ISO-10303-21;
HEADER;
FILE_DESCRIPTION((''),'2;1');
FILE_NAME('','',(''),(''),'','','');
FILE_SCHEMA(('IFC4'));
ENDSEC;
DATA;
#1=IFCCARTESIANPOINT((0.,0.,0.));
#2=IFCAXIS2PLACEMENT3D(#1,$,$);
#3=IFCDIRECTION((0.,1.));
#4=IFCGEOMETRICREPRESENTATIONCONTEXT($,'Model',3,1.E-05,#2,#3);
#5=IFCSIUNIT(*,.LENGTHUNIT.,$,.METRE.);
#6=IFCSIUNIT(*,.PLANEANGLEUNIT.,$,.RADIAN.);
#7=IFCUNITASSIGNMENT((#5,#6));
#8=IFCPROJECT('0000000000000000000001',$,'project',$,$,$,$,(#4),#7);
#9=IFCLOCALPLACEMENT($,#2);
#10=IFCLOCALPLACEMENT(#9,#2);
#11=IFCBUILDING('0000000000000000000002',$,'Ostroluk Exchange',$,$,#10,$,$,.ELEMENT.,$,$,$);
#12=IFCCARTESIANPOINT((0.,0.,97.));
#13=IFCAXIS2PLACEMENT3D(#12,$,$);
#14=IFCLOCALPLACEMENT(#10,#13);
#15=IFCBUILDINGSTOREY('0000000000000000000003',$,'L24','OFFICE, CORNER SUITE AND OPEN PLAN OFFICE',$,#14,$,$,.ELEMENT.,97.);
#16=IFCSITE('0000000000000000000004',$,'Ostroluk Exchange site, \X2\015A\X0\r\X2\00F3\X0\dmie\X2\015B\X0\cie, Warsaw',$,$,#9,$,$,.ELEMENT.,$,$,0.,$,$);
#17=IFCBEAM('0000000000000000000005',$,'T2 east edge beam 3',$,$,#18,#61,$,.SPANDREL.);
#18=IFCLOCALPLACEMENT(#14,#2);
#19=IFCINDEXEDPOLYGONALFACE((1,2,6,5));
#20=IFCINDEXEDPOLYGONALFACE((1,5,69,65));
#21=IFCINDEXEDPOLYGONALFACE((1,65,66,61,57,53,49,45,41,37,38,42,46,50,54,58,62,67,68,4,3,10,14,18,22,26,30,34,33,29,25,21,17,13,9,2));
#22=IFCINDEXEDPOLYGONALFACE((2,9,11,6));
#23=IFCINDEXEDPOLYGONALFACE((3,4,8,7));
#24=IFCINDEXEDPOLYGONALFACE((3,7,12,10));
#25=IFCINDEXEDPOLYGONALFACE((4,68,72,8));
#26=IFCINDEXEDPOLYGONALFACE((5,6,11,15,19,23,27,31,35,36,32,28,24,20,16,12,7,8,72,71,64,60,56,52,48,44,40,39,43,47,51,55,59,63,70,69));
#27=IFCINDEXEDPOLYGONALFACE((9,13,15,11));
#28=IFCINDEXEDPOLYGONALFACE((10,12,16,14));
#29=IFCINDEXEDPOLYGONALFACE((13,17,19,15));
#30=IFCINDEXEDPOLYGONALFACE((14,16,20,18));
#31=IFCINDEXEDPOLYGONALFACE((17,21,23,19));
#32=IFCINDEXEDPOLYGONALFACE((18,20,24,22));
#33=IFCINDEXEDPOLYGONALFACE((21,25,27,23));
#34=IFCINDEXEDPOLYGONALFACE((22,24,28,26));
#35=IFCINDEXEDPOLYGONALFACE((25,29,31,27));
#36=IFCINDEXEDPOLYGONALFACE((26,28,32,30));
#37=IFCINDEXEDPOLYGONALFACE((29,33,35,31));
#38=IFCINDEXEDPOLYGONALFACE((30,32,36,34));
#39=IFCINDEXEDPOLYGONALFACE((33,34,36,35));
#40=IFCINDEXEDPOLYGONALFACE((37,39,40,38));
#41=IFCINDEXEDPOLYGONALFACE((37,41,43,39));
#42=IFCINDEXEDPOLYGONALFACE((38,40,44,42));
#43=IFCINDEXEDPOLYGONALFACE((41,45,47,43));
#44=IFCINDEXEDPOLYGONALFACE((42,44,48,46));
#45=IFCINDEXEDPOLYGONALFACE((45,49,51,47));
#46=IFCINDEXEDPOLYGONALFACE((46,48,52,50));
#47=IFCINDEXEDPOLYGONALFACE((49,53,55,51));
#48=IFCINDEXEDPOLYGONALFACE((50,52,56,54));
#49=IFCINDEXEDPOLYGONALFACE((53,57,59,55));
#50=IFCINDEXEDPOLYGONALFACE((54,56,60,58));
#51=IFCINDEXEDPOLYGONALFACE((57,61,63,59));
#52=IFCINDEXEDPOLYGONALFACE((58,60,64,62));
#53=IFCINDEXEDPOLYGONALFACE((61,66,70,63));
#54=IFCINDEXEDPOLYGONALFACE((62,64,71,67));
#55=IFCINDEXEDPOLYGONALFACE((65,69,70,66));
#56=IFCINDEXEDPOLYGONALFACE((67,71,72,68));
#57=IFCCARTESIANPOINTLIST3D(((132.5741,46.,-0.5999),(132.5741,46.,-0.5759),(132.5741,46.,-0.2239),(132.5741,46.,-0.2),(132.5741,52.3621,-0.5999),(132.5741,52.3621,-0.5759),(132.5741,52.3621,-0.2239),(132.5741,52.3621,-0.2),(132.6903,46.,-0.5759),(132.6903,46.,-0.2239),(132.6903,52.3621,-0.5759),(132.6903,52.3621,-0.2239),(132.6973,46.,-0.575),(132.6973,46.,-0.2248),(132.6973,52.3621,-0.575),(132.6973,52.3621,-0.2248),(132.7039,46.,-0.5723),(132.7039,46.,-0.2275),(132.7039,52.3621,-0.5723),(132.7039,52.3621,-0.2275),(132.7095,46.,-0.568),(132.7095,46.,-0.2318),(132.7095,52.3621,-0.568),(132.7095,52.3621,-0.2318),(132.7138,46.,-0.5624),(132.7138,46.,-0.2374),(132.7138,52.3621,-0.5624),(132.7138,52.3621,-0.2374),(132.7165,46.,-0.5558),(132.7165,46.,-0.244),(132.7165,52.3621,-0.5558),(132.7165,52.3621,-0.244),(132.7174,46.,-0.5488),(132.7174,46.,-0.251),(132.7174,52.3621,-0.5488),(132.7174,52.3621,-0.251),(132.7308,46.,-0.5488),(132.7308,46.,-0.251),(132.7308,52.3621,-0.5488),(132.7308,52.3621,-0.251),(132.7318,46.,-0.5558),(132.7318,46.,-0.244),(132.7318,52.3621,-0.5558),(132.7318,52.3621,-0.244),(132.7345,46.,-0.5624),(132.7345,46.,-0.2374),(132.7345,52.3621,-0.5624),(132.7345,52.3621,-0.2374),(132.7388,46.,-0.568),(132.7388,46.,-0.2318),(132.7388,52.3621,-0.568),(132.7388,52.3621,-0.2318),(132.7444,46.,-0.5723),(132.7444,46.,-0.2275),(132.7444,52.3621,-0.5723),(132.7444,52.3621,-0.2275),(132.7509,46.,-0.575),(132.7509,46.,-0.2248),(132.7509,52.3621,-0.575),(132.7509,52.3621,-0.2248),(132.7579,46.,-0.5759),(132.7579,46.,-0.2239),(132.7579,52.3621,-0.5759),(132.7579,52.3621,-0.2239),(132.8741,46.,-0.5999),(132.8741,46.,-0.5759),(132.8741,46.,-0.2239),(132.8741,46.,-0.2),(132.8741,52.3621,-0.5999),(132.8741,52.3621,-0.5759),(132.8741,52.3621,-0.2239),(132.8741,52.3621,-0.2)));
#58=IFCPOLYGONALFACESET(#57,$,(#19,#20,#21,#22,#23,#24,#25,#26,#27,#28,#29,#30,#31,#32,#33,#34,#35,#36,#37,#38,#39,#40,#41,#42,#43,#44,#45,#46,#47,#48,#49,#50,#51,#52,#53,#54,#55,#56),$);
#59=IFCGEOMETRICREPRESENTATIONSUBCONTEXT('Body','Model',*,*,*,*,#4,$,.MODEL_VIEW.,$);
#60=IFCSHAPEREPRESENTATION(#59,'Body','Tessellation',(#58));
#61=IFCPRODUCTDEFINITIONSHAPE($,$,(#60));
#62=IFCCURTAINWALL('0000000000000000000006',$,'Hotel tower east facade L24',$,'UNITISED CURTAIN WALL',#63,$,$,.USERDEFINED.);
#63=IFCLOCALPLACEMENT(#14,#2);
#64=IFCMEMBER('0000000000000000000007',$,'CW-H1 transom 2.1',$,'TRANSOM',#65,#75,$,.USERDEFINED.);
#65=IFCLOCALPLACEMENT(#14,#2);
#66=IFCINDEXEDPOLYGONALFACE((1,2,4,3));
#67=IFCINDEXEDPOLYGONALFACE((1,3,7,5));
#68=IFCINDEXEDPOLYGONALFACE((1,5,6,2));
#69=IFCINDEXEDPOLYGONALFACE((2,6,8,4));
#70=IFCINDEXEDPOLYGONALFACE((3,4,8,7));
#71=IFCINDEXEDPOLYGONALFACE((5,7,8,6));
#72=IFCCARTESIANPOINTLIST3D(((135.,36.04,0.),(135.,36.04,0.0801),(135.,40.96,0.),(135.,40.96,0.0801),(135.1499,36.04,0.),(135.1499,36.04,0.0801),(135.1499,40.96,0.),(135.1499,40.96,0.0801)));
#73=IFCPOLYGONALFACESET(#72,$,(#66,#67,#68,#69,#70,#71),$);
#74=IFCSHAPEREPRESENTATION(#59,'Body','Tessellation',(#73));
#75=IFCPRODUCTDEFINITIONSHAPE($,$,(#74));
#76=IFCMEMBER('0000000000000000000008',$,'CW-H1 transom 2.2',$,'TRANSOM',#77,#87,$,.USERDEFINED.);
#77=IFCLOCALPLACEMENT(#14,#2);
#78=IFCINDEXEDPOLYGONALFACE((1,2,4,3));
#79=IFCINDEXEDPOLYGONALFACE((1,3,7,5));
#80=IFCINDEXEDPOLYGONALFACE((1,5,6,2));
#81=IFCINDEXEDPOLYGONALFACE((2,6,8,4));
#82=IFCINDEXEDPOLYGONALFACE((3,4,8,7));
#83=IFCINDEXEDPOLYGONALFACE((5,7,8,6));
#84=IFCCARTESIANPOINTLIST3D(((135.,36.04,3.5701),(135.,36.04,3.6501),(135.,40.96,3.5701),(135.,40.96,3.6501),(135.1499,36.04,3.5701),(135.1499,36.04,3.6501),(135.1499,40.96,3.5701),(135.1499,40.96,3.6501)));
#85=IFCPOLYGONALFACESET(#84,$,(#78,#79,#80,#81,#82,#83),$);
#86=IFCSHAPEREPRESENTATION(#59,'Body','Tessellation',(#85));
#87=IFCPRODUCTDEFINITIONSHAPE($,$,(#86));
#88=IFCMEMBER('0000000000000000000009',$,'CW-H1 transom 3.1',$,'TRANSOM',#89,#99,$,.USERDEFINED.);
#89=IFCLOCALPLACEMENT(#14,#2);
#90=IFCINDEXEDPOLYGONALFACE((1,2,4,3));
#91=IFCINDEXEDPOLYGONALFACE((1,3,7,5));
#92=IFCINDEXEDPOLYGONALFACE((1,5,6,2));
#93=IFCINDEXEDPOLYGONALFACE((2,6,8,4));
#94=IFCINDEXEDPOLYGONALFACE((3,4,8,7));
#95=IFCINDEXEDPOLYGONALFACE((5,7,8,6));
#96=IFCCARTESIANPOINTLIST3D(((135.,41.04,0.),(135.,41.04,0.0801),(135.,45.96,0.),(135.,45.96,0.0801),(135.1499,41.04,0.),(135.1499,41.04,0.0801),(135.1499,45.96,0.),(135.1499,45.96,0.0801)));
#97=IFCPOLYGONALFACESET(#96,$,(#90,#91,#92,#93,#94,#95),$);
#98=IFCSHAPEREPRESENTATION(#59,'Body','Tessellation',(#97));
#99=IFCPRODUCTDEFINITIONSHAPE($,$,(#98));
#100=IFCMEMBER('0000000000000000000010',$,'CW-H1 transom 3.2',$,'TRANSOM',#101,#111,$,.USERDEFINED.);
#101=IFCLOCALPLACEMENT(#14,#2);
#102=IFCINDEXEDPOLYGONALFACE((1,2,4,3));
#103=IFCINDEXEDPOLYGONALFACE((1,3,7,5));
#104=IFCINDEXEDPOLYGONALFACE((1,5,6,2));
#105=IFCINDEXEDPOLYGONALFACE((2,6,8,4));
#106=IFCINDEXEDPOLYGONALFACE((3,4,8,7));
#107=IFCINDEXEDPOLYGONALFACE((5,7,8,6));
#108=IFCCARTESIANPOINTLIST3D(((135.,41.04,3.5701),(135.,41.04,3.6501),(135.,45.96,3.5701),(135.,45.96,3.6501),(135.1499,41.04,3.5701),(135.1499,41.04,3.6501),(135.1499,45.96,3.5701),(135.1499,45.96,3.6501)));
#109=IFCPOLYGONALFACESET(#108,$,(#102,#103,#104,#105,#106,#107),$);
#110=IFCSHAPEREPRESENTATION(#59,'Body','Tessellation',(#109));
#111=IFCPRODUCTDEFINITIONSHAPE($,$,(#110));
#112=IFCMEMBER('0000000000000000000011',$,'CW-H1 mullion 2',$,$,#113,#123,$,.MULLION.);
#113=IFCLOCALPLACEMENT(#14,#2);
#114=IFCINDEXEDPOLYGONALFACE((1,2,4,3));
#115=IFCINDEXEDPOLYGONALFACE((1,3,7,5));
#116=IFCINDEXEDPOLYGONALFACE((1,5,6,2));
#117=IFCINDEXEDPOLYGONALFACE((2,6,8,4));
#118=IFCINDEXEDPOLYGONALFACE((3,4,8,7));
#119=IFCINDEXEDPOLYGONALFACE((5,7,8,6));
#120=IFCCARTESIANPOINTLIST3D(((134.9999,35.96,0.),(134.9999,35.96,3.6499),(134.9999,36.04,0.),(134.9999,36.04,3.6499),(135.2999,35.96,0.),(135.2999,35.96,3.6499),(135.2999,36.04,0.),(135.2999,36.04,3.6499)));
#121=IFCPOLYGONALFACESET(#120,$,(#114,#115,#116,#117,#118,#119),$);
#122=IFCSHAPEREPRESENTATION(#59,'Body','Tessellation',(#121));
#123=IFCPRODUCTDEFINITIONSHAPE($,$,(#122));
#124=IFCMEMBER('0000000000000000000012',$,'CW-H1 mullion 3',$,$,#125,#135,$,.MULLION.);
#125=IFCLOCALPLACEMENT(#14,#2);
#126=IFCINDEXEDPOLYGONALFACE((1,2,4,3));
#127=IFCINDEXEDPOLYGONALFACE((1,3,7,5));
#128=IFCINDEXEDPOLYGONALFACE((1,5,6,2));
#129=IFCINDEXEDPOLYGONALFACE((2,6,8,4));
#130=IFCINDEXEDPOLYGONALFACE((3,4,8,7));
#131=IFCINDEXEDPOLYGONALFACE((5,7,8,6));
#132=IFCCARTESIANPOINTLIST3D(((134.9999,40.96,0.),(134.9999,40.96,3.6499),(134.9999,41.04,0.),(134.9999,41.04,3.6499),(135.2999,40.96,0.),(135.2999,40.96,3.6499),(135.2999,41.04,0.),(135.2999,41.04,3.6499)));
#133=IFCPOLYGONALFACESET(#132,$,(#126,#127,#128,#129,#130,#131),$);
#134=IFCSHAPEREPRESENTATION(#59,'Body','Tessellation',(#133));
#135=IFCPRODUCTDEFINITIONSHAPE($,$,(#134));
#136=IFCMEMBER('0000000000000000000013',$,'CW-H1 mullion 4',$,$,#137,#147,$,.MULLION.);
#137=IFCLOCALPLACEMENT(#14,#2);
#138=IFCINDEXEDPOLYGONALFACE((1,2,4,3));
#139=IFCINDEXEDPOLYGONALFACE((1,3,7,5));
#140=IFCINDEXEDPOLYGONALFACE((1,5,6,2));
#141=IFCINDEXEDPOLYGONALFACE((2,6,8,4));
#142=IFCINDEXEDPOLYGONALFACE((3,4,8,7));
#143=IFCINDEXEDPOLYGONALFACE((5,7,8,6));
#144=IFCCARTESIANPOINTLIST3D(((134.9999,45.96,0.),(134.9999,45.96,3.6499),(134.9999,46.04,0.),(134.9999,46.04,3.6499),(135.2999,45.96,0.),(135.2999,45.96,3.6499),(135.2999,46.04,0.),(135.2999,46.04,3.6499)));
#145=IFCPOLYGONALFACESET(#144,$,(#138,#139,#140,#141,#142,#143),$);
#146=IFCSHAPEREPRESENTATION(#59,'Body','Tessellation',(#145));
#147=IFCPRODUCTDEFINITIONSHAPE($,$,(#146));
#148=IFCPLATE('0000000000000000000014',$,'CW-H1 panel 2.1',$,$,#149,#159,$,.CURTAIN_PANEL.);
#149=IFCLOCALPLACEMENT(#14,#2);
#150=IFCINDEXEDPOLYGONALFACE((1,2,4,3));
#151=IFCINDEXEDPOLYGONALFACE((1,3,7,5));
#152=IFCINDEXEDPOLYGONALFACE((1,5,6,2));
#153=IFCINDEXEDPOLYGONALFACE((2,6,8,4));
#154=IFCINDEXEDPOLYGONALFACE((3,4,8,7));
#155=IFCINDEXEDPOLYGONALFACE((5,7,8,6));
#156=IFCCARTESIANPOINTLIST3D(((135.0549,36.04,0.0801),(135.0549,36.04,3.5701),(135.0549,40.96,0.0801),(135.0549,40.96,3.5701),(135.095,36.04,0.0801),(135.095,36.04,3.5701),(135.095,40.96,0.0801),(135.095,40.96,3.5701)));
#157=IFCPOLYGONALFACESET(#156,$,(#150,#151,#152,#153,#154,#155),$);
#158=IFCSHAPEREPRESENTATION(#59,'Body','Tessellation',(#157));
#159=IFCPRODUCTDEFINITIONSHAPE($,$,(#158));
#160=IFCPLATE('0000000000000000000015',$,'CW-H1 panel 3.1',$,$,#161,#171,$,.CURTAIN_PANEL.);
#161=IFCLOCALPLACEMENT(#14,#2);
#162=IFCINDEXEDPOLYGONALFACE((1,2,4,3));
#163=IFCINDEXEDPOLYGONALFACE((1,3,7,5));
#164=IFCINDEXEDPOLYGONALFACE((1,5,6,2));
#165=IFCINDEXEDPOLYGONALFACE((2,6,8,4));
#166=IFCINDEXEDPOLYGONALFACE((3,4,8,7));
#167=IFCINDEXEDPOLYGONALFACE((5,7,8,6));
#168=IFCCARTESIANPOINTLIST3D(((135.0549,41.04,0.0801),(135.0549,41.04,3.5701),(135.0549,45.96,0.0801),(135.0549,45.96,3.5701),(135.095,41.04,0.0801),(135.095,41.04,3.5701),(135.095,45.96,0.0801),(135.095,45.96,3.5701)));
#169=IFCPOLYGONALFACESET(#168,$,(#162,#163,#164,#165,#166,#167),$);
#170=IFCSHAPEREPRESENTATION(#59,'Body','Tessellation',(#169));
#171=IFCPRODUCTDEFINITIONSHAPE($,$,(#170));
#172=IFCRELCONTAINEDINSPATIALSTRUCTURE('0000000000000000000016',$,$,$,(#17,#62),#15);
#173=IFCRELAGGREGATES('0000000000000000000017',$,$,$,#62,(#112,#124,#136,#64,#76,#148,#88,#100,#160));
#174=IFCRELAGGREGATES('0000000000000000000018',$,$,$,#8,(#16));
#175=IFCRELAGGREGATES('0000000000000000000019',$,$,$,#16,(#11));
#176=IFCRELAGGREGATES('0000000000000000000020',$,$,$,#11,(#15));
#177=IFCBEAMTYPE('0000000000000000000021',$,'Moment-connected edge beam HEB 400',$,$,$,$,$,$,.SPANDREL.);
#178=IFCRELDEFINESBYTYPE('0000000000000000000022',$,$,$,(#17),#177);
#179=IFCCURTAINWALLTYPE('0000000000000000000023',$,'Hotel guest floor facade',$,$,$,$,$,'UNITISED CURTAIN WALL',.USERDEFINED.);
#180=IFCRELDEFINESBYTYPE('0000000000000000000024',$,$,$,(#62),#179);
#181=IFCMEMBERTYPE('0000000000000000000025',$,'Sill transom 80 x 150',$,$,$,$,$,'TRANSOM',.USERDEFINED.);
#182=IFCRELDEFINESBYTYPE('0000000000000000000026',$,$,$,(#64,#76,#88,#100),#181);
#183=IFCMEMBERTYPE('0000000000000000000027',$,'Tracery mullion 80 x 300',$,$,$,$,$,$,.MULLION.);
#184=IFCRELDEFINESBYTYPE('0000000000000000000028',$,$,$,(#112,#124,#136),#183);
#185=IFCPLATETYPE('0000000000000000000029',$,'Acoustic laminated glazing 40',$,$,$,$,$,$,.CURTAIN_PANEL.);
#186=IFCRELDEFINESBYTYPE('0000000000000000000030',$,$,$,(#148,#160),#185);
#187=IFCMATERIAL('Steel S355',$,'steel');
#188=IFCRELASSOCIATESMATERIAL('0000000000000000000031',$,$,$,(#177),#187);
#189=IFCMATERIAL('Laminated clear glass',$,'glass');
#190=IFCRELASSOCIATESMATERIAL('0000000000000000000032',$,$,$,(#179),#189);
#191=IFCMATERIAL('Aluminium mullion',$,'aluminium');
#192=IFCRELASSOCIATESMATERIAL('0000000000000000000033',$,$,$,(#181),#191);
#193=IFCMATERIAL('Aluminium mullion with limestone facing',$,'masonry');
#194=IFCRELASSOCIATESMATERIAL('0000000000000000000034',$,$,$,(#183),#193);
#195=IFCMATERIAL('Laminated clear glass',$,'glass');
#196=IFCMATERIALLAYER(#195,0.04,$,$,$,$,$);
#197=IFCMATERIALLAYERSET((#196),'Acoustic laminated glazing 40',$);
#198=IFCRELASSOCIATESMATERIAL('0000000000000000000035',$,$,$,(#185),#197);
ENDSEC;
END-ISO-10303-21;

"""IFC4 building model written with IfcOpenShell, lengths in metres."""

from ifc_helpers import new_model, si_unit, direction, frame, origin, origin_2d, place, context, subcontext, project, spatial, rectangle, i_section, extrude, material, layer, layer_set, material_profile, profile_set, type_object, element, aggregate, save


model = new_model("IFC4")

# Units and contexts
model_context = context("Model", 3, precision=1e-05, world=origin(), true_north=direction((0.0, 1.0)))
body_context = subcontext(model_context, "Body", "Model", "MODEL_VIEW")
ifc_project = project(units=[si_unit("LENGTHUNIT", "METRE"), si_unit("PLANEANGLEUNIT", "RADIAN")], contexts=[model_context])

# Site, building, storey
site_placement = place(None, origin())
site = spatial("IfcSite", under=ifc_project, at=site_placement, Name="Ostroluk Exchange site, Śródmieście, Warsaw", CompositionType="ELEMENT", RefElevation=0.0)
building_placement = place(site_placement, origin())
building = spatial("IfcBuilding", under=site, at=building_placement, Name="Ostroluk Exchange", CompositionType="ELEMENT")
storey_placement = place(building_placement, frame((0.0, 0.0, 97.0)))
storey = spatial("IfcBuildingStorey", under=building, at=storey_placement, Name="L24", Description="OFFICE, CORNER SUITE AND OPEN PLAN OFFICE", CompositionType="ELEMENT", Elevation=97.0)

# Beam
ifc_material_1 = material(Name="Steel S355", Category="steel")
ifc_material_profile_1 = material_profile(ifc_material_1, i_section(OverallWidth=0.3, OverallDepth=0.3999, WebThickness=0.0134, FlangeThickness=0.0239, FilletRadius=0.0271, at=origin_2d()), Name="HEB 400")
ifc_profile_set_1 = profile_set([ifc_material_profile_1], Name="Steel S355")
beam_type = type_object("IfcBeamType", Name="Moment-connected edge beam HEB 400", PredefinedType="SPANDREL", material=ifc_profile_set_1)
for number, where, z_axis, x_axis, name in (
    (1, (132.7241, 46.0, -0.3999), (0.0, 1.0, 0.0), (-1.0, 0.0, 0.0), "T2 east edge beam 3"),
):
    element("IfcBeam", number, at=place(storey_placement, frame(where, z_axis=z_axis, x_axis=x_axis)), inside=storey, type_object=beam_type, Name=name, PredefinedType="SPANDREL", context=body_context, shape_type="SweptSolid", body=[
        extrude(i_section(OverallWidth=0.3, OverallDepth=0.3999, WebThickness=0.0134, FlangeThickness=0.0239, FilletRadius=0.0271, at=origin_2d()), origin(), (0.0, 0.0, 1.0), 6.3621),
    ])

# Curtain wall, members, plates
ifc_material_2 = material(Name="Laminated clear glass", Category="glass")
curtain_wall_type = type_object("IfcCurtainWallType", Name="Hotel guest floor facade", ElementType="UNITISED CURTAIN WALL", PredefinedType="USERDEFINED", material=ifc_material_2)
curtain_wall_placement = place(storey_placement, origin())
curtain_wall = element("IfcCurtainWall", 2, at=curtain_wall_placement, inside=storey, type_object=curtain_wall_type, Name="Hotel tower east facade L24", ObjectType="UNITISED CURTAIN WALL", PredefinedType="USERDEFINED")
ifc_material_3 = material(Name="Aluminium mullion", Category="aluminium")
ifc_material_profile_2 = material_profile(ifc_material_3, rectangle(XDim=0.1499, YDim=0.0801, at=origin_2d()), Name="Sill transom 80 x 150")
ifc_profile_set_2 = profile_set([ifc_material_profile_2], Name="Aluminium mullion")
member_type_1 = type_object("IfcMemberType", Name="Sill transom 80 x 150", ElementType="TRANSOM", PredefinedType="USERDEFINED", material=ifc_profile_set_2)
member_1_placement = place(storey_placement, frame((135.075, 36.04, 0.04), z_axis=(0.0, 1.0, 0.0), x_axis=(-1.0, 0.0, 0.0)))
member_1 = element("IfcMember", 3, at=member_1_placement, type_object=member_type_1, Name="CW-H1 transom 2.1", ObjectType="TRANSOM", PredefinedType="USERDEFINED", context=body_context, shape_type="SweptSolid", body=[
    extrude(rectangle(XDim=0.1499, YDim=0.0801, at=origin_2d()), origin(), (0.0, 0.0, 1.0), 4.9199),
])
member_2_placement = place(storey_placement, frame((135.075, 36.04, 3.6101), z_axis=(0.0, 1.0, 0.0), x_axis=(-1.0, 0.0, 0.0)))
member_2 = element("IfcMember", 4, at=member_2_placement, type_object=member_type_1, Name="CW-H1 transom 2.2", ObjectType="TRANSOM", PredefinedType="USERDEFINED", context=body_context, shape_type="SweptSolid", body=[
    extrude(rectangle(XDim=0.1499, YDim=0.0801, at=origin_2d()), origin(), (0.0, 0.0, 1.0), 4.9199),
])
member_3_placement = place(storey_placement, frame((135.075, 41.04, 0.04), z_axis=(0.0, 1.0, 0.0), x_axis=(-1.0, 0.0, 0.0)))
member_3 = element("IfcMember", 5, at=member_3_placement, type_object=member_type_1, Name="CW-H1 transom 3.1", ObjectType="TRANSOM", PredefinedType="USERDEFINED", context=body_context, shape_type="SweptSolid", body=[
    extrude(rectangle(XDim=0.1499, YDim=0.0801, at=origin_2d()), origin(), (0.0, 0.0, 1.0), 4.9199),
])
member_4_placement = place(storey_placement, frame((135.075, 41.04, 3.6101), z_axis=(0.0, 1.0, 0.0), x_axis=(-1.0, 0.0, 0.0)))
member_4 = element("IfcMember", 6, at=member_4_placement, type_object=member_type_1, Name="CW-H1 transom 3.2", ObjectType="TRANSOM", PredefinedType="USERDEFINED", context=body_context, shape_type="SweptSolid", body=[
    extrude(rectangle(XDim=0.1499, YDim=0.0801, at=origin_2d()), origin(), (0.0, 0.0, 1.0), 4.9199),
])
ifc_material_4 = material(Name="Aluminium mullion with limestone facing", Category="masonry")
ifc_material_profile_3 = material_profile(ifc_material_4, rectangle(XDim=0.3, YDim=0.0801, at=origin_2d()), Name="Tracery mullion 80 x 300")
ifc_profile_set_3 = profile_set([ifc_material_profile_3], Name="Aluminium mullion with limestone facing")
member_type_2 = type_object("IfcMemberType", Name="Tracery mullion 80 x 300", PredefinedType="MULLION", material=ifc_profile_set_3)
member_5_placement = place(storey_placement, frame((135.1499, 36.0, 0.0), z_axis=(0.0, 0.0, 1.0), x_axis=(-1.0, 0.0, 0.0)))
member_5 = element("IfcMember", 7, at=member_5_placement, type_object=member_type_2, Name="CW-H1 mullion 2", PredefinedType="MULLION", context=body_context, shape_type="SweptSolid", body=[
    extrude(rectangle(XDim=0.3, YDim=0.0801, at=origin_2d()), origin(), (0.0, 0.0, 1.0), 3.6499),
])
member_6_placement = place(storey_placement, frame((135.1499, 41.0, 0.0), z_axis=(0.0, 0.0, 1.0), x_axis=(-1.0, 0.0, 0.0)))
member_6 = element("IfcMember", 8, at=member_6_placement, type_object=member_type_2, Name="CW-H1 mullion 3", PredefinedType="MULLION", context=body_context, shape_type="SweptSolid", body=[
    extrude(rectangle(XDim=0.3, YDim=0.0801, at=origin_2d()), origin(), (0.0, 0.0, 1.0), 3.6499),
])
member_7_placement = place(storey_placement, frame((135.1499, 46.0, 0.0), z_axis=(0.0, 0.0, 1.0), x_axis=(-1.0, 0.0, 0.0)))
member_7 = element("IfcMember", 9, at=member_7_placement, type_object=member_type_2, Name="CW-H1 mullion 4", PredefinedType="MULLION", context=body_context, shape_type="SweptSolid", body=[
    extrude(rectangle(XDim=0.3, YDim=0.0801, at=origin_2d()), origin(), (0.0, 0.0, 1.0), 3.6499),
])
ifc_material_5 = material(Name="Laminated clear glass", Category="glass")
ifc_layer_1 = layer(ifc_material_5, 0.04)
ifc_layer_set_1 = layer_set([ifc_layer_1], Name="Acoustic laminated glazing 40")
plate_type = type_object("IfcPlateType", Name="Acoustic laminated glazing 40", PredefinedType="CURTAIN_PANEL", material=ifc_layer_set_1)
plate_1_placement = place(storey_placement, frame((135.075, 38.5, 0.0801), z_axis=(0.0, 0.0, 1.0), x_axis=(0.0, 1.0, 0.0)))
plate_1 = element("IfcPlate", 10, at=plate_1_placement, type_object=plate_type, Name="CW-H1 panel 2.1", PredefinedType="CURTAIN_PANEL", context=body_context, shape_type="SweptSolid", body=[
    extrude(rectangle(XDim=4.9199, YDim=0.04, at=origin_2d()), origin(), (0.0, 0.0, 1.0), 3.49),
])
plate_2_placement = place(storey_placement, frame((135.075, 43.5, 0.0801), z_axis=(0.0, 0.0, 1.0), x_axis=(0.0, 1.0, 0.0)))
plate_2 = element("IfcPlate", 11, at=plate_2_placement, type_object=plate_type, Name="CW-H1 panel 3.1", PredefinedType="CURTAIN_PANEL", context=body_context, shape_type="SweptSolid", body=[
    extrude(rectangle(XDim=4.9199, YDim=0.04, at=origin_2d()), origin(), (0.0, 0.0, 1.0), 3.49),
])
aggregate(curtain_wall, [member_5, member_6, member_7, member_1, member_2, plate_1, member_3, member_4, plate_2])

save(model, "model.ifc")
